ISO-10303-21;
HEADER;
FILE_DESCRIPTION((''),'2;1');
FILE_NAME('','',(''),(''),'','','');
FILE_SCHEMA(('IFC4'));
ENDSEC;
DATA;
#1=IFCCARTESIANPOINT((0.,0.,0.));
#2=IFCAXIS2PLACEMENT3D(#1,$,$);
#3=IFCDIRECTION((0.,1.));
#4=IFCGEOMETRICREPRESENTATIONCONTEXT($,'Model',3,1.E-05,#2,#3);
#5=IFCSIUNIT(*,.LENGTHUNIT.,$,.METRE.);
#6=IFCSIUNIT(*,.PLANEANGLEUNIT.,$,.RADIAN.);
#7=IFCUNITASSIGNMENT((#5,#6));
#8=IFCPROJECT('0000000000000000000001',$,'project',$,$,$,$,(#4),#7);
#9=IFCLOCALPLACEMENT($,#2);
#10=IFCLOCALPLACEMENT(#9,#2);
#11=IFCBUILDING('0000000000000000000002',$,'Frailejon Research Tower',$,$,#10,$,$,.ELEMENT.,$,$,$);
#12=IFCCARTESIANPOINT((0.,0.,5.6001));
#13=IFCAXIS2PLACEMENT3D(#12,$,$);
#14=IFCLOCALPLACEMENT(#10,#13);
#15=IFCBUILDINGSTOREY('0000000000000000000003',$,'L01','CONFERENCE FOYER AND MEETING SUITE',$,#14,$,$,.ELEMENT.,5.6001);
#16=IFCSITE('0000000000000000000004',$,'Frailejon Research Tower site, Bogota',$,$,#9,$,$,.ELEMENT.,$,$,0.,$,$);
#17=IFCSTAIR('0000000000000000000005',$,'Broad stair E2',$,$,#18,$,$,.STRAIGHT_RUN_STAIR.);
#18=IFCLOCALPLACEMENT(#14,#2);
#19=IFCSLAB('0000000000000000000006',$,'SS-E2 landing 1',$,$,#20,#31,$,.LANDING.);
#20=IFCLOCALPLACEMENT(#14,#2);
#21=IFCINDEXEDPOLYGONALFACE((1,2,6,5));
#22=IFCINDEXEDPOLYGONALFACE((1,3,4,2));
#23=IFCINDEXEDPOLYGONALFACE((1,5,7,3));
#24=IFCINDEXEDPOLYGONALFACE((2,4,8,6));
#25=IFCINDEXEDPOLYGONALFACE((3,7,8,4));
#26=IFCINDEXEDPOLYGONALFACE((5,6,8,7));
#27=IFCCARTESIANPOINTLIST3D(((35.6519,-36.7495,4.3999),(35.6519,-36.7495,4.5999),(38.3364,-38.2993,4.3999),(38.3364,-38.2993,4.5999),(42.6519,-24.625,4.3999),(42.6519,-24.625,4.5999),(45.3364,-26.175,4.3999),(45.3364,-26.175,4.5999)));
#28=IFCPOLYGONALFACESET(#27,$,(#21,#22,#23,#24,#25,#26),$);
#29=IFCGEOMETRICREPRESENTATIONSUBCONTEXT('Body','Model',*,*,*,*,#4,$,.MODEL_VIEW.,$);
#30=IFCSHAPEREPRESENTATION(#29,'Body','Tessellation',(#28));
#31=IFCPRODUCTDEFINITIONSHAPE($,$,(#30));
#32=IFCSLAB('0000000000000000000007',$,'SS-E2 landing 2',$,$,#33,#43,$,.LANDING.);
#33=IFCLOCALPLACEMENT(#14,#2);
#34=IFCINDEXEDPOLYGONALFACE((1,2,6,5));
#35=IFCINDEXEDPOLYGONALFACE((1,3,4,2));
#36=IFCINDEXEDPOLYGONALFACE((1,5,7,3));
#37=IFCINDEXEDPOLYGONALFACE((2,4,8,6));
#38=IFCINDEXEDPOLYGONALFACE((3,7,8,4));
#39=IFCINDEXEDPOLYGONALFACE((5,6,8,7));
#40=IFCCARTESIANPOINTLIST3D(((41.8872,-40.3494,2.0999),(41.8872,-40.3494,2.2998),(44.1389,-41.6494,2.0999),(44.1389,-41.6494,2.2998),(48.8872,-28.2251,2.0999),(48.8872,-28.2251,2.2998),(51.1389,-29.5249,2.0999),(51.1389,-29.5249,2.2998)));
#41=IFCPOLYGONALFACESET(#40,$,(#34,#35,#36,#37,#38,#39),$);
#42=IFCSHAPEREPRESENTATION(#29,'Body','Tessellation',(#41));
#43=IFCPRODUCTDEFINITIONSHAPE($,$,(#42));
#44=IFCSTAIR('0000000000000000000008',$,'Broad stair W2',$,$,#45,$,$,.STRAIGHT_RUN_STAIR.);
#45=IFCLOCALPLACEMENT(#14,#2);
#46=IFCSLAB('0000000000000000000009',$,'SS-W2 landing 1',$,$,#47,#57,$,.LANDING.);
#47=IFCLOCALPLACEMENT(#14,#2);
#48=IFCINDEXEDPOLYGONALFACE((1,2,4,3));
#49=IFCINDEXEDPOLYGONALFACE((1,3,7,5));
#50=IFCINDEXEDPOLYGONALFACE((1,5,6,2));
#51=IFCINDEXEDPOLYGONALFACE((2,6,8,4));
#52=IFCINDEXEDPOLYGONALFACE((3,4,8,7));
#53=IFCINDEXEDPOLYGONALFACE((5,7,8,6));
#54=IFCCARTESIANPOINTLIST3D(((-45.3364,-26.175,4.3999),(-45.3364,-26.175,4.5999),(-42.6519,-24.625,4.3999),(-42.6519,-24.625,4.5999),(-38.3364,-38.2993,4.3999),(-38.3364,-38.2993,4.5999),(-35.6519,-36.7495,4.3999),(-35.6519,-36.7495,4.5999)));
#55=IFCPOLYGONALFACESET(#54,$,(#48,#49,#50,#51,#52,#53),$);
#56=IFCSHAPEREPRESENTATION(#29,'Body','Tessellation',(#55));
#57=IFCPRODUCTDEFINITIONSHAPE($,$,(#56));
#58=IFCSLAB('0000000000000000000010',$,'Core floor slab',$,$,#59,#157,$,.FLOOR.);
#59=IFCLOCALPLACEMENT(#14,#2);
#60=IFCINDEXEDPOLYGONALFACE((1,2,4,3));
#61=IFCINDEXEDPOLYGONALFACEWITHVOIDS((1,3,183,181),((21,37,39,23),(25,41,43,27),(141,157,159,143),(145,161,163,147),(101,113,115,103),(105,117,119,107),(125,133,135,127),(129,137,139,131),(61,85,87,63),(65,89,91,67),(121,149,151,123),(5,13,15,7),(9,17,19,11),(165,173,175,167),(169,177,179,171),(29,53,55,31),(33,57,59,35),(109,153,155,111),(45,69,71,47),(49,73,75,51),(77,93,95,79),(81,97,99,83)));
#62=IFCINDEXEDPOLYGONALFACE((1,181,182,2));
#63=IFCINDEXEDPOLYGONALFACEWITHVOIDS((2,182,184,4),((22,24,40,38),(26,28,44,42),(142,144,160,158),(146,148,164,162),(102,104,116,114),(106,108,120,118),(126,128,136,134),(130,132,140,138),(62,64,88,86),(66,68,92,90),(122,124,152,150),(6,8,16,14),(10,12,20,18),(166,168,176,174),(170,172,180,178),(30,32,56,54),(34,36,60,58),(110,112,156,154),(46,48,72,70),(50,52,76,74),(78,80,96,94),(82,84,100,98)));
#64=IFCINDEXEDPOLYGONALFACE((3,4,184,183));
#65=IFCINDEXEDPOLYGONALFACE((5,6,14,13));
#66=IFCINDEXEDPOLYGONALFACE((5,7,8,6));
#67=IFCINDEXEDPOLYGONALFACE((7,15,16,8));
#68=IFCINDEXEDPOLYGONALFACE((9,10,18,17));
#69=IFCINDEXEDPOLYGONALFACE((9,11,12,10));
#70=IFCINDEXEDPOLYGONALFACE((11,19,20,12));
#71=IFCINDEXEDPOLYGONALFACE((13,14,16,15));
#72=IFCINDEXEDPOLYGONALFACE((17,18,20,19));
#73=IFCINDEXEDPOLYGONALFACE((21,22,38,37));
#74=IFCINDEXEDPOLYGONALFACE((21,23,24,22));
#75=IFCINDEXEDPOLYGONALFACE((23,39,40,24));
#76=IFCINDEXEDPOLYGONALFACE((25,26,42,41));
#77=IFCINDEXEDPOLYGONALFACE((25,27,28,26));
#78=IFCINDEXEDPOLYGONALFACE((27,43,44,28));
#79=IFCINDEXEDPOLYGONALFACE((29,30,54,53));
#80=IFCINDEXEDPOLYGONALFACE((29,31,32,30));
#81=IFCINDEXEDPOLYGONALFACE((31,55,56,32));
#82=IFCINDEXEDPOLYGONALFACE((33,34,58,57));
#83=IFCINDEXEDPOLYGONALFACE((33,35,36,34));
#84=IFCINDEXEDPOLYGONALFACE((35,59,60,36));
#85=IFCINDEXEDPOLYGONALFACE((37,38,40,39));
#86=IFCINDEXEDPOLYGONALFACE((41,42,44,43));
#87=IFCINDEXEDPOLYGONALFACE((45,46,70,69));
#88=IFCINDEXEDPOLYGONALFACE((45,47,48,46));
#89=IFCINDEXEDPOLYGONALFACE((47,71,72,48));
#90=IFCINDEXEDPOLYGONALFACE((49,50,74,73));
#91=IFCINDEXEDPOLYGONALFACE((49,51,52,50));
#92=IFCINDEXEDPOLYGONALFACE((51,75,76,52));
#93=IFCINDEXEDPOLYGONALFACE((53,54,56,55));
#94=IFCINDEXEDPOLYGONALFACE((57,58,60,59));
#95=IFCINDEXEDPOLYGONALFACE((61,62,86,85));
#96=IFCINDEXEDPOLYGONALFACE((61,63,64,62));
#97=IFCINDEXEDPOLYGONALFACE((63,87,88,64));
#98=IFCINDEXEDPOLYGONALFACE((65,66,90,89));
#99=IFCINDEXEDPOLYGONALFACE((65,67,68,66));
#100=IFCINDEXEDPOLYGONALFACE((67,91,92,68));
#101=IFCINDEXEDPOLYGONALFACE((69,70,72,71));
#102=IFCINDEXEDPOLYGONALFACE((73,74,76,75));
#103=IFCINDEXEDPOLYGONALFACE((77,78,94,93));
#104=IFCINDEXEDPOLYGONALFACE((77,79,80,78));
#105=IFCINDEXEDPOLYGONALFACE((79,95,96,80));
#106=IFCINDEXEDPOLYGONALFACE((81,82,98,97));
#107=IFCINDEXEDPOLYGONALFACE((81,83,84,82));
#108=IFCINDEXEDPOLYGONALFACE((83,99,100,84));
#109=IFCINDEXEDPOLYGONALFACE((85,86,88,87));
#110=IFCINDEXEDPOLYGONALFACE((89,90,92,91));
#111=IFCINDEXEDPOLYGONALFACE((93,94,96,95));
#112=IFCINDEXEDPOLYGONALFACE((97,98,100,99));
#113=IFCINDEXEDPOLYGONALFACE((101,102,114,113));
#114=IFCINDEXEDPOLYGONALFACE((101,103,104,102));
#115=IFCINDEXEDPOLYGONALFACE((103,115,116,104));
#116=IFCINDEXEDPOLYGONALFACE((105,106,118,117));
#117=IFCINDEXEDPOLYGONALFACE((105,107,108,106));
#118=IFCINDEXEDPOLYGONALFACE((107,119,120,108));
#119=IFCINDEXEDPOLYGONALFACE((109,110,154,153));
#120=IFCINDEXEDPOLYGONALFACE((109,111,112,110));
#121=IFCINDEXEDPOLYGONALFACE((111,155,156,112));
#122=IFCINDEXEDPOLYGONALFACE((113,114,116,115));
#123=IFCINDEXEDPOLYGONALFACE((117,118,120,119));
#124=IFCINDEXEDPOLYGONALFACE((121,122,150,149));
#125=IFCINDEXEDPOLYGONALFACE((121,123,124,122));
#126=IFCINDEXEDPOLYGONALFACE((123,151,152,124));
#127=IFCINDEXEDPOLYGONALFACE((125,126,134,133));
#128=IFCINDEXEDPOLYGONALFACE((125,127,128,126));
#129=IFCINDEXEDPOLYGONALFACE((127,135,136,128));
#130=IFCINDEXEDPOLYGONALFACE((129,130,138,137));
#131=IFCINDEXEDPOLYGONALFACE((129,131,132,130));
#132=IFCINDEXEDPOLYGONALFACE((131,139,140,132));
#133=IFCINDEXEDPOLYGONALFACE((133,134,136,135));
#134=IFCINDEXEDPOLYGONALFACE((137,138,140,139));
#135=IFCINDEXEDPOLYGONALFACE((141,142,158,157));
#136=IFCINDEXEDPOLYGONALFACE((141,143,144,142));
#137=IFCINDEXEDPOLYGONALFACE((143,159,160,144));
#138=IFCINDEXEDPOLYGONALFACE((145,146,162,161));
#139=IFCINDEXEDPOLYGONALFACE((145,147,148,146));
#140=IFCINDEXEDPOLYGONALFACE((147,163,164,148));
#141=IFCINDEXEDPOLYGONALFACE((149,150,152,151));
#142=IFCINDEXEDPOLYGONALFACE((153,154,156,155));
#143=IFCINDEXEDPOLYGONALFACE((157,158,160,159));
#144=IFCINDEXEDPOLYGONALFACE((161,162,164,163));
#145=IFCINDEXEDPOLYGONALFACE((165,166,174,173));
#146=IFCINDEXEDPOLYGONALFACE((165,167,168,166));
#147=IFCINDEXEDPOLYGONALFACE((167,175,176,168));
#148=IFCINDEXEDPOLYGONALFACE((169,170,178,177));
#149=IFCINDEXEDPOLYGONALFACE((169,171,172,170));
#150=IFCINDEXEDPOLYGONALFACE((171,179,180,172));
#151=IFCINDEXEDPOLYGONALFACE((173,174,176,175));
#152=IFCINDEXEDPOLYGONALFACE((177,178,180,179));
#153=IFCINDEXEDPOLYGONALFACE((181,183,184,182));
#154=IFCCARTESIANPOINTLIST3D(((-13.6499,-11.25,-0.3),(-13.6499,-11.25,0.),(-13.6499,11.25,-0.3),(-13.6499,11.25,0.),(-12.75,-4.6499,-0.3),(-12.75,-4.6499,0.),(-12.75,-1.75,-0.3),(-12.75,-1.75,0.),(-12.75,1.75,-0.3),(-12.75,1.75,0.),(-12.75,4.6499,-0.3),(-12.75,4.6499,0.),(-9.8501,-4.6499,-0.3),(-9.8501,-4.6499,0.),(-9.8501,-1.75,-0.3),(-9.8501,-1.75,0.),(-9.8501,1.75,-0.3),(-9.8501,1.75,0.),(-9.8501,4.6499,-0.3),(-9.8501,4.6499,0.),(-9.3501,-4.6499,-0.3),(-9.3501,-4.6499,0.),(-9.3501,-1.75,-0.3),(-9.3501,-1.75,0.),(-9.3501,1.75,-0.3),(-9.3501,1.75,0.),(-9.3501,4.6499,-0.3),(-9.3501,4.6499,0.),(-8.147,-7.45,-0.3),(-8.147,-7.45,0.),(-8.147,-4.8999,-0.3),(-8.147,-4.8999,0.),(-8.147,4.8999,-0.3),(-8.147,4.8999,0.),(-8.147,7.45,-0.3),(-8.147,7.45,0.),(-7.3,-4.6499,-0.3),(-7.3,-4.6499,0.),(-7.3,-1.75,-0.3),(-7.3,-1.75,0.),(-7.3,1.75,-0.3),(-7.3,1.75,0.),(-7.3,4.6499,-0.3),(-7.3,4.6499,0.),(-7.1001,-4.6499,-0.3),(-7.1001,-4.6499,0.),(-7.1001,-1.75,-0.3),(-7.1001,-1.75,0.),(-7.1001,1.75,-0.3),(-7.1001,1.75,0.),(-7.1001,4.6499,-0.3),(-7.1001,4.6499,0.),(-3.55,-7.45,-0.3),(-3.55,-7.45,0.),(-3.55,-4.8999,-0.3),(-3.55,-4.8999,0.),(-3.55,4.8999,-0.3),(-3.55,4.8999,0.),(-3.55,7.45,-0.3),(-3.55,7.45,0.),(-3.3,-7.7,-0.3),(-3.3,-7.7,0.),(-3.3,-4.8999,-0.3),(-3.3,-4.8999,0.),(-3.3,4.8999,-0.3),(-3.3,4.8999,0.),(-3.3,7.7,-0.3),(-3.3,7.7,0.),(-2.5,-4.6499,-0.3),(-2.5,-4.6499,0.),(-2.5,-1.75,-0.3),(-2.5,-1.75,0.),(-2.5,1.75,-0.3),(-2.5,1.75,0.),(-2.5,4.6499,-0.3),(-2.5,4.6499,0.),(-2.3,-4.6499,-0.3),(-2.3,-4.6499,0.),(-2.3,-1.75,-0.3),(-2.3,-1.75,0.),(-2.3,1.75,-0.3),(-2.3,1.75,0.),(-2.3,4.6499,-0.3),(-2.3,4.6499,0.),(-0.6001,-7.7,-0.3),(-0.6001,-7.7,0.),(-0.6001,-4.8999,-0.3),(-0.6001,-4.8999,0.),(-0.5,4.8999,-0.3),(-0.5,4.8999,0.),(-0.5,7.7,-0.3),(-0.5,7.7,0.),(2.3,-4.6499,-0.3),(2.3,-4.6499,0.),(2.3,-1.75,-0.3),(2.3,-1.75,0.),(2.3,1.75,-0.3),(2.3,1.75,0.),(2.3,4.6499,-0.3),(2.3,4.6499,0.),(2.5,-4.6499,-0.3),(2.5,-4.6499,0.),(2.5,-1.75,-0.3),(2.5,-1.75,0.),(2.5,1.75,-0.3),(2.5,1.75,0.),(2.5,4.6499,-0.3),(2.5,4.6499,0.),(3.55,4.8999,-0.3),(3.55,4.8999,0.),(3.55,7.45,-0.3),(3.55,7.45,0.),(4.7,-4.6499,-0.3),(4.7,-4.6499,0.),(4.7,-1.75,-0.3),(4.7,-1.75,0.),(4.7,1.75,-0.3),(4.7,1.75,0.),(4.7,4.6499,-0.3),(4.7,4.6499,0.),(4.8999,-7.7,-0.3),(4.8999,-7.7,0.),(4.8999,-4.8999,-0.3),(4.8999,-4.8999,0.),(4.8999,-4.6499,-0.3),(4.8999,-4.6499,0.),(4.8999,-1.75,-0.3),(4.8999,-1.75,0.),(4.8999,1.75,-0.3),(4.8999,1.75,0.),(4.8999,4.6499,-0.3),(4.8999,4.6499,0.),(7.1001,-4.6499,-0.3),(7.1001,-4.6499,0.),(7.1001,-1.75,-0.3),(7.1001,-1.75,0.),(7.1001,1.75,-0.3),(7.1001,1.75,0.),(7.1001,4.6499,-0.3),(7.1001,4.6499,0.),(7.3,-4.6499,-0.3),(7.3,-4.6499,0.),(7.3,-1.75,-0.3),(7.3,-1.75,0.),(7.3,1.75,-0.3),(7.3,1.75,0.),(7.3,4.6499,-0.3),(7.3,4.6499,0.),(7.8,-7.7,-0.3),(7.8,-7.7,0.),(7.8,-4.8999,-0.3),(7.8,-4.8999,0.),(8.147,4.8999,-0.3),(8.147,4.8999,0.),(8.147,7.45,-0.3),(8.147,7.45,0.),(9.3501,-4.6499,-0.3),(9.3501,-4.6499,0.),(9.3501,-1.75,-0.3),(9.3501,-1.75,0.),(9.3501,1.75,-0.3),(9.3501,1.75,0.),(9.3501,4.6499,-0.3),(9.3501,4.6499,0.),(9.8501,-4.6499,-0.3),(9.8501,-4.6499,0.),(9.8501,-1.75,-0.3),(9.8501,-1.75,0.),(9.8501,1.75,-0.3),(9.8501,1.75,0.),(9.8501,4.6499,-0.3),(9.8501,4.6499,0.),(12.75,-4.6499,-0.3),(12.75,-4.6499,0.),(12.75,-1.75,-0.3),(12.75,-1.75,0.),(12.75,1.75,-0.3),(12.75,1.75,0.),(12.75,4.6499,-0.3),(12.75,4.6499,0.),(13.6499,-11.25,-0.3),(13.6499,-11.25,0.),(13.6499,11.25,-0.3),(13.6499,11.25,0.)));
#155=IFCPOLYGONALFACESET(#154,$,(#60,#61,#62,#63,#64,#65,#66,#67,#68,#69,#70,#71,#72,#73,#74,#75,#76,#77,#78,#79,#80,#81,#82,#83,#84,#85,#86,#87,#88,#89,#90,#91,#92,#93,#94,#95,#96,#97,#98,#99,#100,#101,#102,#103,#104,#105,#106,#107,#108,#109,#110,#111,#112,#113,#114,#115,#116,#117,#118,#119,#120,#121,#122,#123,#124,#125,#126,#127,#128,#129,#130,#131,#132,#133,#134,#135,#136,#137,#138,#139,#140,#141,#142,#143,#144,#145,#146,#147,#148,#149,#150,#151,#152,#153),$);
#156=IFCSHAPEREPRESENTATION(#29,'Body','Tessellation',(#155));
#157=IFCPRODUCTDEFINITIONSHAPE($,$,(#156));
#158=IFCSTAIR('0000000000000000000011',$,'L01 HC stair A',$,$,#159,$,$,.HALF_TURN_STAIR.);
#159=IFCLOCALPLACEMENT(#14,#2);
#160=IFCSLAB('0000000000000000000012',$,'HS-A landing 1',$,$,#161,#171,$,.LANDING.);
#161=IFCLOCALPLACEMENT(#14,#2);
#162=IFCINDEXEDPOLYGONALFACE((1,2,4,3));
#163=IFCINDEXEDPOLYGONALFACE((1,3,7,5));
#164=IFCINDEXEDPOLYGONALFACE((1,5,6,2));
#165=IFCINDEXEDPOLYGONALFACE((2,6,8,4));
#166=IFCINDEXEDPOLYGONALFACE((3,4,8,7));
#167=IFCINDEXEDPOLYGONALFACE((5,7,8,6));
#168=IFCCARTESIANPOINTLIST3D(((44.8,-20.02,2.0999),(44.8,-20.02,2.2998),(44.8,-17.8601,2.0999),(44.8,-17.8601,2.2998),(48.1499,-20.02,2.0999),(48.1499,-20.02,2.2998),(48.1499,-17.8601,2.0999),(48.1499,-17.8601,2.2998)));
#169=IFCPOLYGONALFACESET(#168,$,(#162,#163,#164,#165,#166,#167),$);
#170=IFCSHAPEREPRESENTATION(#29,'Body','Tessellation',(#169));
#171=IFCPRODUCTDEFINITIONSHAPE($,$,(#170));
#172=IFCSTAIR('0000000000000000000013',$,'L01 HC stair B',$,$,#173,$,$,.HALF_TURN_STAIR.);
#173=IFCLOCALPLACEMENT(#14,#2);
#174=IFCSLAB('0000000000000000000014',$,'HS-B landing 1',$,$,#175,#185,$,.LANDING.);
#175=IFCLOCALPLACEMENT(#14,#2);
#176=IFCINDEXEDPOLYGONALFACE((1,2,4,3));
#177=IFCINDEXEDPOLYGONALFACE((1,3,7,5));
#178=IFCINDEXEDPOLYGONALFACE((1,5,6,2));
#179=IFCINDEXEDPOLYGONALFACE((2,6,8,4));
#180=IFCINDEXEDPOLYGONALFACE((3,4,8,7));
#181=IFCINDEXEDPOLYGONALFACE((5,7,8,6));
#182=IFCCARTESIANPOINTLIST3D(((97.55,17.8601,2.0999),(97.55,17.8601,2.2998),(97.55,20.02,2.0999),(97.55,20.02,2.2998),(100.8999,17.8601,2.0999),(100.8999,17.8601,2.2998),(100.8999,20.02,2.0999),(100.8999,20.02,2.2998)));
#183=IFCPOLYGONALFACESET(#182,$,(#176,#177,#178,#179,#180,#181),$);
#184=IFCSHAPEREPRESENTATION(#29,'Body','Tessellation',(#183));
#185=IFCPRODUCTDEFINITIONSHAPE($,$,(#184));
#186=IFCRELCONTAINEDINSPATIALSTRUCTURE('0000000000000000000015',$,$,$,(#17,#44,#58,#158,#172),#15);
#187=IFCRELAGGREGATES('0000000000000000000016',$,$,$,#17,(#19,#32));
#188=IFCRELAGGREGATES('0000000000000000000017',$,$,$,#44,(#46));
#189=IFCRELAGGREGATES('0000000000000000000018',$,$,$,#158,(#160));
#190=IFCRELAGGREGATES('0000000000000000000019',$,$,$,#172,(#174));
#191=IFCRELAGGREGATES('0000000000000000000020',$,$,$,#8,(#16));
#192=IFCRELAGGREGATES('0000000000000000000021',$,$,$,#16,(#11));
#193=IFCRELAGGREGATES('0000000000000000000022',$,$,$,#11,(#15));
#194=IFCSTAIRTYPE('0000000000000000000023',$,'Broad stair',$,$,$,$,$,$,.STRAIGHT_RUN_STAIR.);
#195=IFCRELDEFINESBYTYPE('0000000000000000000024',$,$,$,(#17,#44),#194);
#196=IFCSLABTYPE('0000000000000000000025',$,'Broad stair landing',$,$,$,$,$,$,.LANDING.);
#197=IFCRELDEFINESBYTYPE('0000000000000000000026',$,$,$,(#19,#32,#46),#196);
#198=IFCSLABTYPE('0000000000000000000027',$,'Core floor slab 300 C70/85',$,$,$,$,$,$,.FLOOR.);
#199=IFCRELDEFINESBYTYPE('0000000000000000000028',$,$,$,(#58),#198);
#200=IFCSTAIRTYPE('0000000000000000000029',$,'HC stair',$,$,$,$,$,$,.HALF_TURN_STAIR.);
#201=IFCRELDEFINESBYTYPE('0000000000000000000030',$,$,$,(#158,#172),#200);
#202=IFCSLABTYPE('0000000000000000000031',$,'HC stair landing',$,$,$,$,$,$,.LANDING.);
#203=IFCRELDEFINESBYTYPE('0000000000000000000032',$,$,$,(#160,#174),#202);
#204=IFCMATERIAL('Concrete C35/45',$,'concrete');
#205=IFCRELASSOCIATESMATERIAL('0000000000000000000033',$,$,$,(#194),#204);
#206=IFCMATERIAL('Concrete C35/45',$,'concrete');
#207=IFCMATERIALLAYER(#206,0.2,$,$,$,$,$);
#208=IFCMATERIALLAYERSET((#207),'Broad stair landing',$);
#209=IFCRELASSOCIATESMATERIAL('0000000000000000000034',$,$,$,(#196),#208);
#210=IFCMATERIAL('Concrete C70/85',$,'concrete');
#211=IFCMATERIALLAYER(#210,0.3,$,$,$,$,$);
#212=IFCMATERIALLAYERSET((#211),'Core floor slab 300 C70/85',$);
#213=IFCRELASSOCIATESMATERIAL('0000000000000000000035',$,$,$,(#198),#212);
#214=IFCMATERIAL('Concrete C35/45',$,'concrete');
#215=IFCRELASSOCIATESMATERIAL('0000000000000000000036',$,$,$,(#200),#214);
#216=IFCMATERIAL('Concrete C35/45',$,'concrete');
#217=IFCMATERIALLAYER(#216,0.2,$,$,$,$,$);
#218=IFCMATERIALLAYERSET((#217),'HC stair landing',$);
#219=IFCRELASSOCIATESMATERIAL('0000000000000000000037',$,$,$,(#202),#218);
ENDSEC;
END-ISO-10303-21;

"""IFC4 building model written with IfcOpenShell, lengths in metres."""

from ifc_helpers import new_model, si_unit, direction, frame, origin, place, context, subcontext, project, spatial, polyline, outline, extrude, material, layer, layer_set, type_object, element, aggregate, save


model = new_model("IFC4")

# Units and contexts
model_context = context("Model", 3, precision=1e-05, world=origin(), true_north=direction((0.0, 1.0)))
body_context = subcontext(model_context, "Body", "Model", "MODEL_VIEW")
ifc_project = project(units=[si_unit("LENGTHUNIT", "METRE"), si_unit("PLANEANGLEUNIT", "RADIAN")], contexts=[model_context])

# Site, building, storey
site_placement = place(None, origin())
site = spatial("IfcSite", under=ifc_project, at=site_placement, Name="Frailejon Research Tower site, Bogota", CompositionType="ELEMENT", RefElevation=0.0)
building_placement = place(site_placement, origin())
building = spatial("IfcBuilding", under=site, at=building_placement, Name="Frailejon Research Tower", CompositionType="ELEMENT")
storey_placement = place(building_placement, frame((0.0, 0.0, 5.6001)))
storey = spatial("IfcBuildingStorey", under=building, at=storey_placement, Name="L01", Description="CONFERENCE FOYER AND MEETING SUITE", CompositionType="ELEMENT", Elevation=5.6001)

# Stair, slabs
ifc_material_1 = material(Name="Concrete C35/45", Category="concrete")
stair_type_1 = type_object("IfcStairType", Name="Broad stair", PredefinedType="STRAIGHT_RUN_STAIR", material=ifc_material_1)
stair_1_placement = place(storey_placement, origin())
stair_1 = element("IfcStair", 1, at=stair_1_placement, inside=storey, type_object=stair_type_1, Name="Broad stair E2", PredefinedType="STRAIGHT_RUN_STAIR")
ifc_material_2 = material(Name="Concrete C35/45", Category="concrete")
ifc_layer_1 = layer(ifc_material_2, 0.2)
ifc_layer_set_1 = layer_set([ifc_layer_1], Name="Broad stair landing")
slab_type_1 = type_object("IfcSlabType", Name="Broad stair landing", PredefinedType="LANDING", material=ifc_layer_set_1)
slab_1_placement = place(storey_placement, frame((0.0, 0.0, 4.3999)))
slab_1 = element("IfcSlab", 2, at=slab_1_placement, type_object=slab_type_1, Name="SS-E2 landing 1", PredefinedType="LANDING", context=body_context, shape_type="SweptSolid", body=[
    extrude(outline(polyline([(35.6519, -36.7495), (38.3364, -38.2993), (45.3364, -26.175), (42.6519, -24.625), (35.6519, -36.7495)])), origin(), (0.0, 0.0, 1.0), 0.2),
])
slab_2_placement = place(storey_placement, frame((0.0, 0.0, 2.0999)))
slab_2 = element("IfcSlab", 3, at=slab_2_placement, type_object=slab_type_1, Name="SS-E2 landing 2", PredefinedType="LANDING", context=body_context, shape_type="SweptSolid", body=[
    extrude(outline(polyline([(41.8872, -40.3494), (44.1389, -41.6494), (51.1389, -29.5249), (48.8872, -28.2251), (41.8872, -40.3494)])), origin(), (0.0, 0.0, 1.0), 0.2),
])
aggregate(stair_1, [slab_1, slab_2])

# Stair, slab
stair_2_placement = place(storey_placement, origin())
stair_2 = element("IfcStair", 4, at=stair_2_placement, inside=storey, type_object=stair_type_1, Name="Broad stair W2", PredefinedType="STRAIGHT_RUN_STAIR")
slab_3_placement = place(storey_placement, frame((0.0, 0.0, 4.3999)))
slab_3 = element("IfcSlab", 5, at=slab_3_placement, type_object=slab_type_1, Name="SS-W2 landing 1", PredefinedType="LANDING", context=body_context, shape_type="SweptSolid", body=[
    extrude(outline(polyline([(-42.6519, -24.625), (-45.3364, -26.175), (-38.3364, -38.2993), (-35.6519, -36.7495), (-42.6519, -24.625)])), origin(), (0.0, 0.0, 1.0), 0.2),
])
aggregate(stair_2, [slab_3])

# Slab
ifc_material_3 = material(Name="Concrete C70/85", Category="concrete")
ifc_layer_2 = layer(ifc_material_3, 0.3)
ifc_layer_set_2 = layer_set([ifc_layer_2], Name="Core floor slab 300 C70/85")
slab_type_2 = type_object("IfcSlabType", Name="Core floor slab 300 C70/85", PredefinedType="FLOOR", material=ifc_layer_set_2)
slab_4_placement = place(storey_placement, frame((0.0, 0.0, -0.3)))
element("IfcSlab", 6, at=slab_4_placement, inside=storey, type_object=slab_type_2, Name="Core floor slab", PredefinedType="FLOOR", context=body_context, shape_type="SweptSolid", body=[
    extrude(outline(polyline([(13.6499, -11.25), (13.6499, 11.25), (-13.6499, 11.25), (-13.6499, -11.25), (13.6499, -11.25)]), holes=[polyline([(-9.8501, 1.75), (-9.8501, 4.6499), (-12.75, 4.6499), (-12.75, 1.75), (-9.8501, 1.75)]), polyline([(-7.3, 1.75), (-7.3, 4.6499), (-9.3501, 4.6499), (-9.3501, 1.75), (-7.3, 1.75)]), polyline([(-2.5, 1.75), (-2.5, 4.6499), (-7.1001, 4.6499), (-7.1001, 1.75), (-2.5, 1.75)]), polyline([(2.3, 1.75), (2.3, 4.6499), (-2.3, 4.6499), (-2.3, 1.75), (2.3, 1.75)]), polyline([(4.7, 1.75), (4.7, 4.6499), (2.5, 4.6499), (2.5, 1.75), (4.7, 1.75)]), polyline([(7.1001, 1.75), (7.1001, 4.6499), (4.8999, 4.6499), (4.8999, 1.75), (7.1001, 1.75)]), polyline([(9.3501, 1.75), (9.3501, 4.6499), (7.3, 4.6499), (7.3, 1.75), (9.3501, 1.75)]), polyline([(12.75, 1.75), (12.75, 4.6499), (9.8501, 4.6499), (9.8501, 1.75), (12.75, 1.75)]), polyline([(-9.8501, -4.6499), (-9.8501, -1.75), (-12.75, -1.75), (-12.75, -4.6499), (-9.8501, -4.6499)]), polyline([(-7.3, -4.6499), (-7.3, -1.75), (-9.3501, -1.75), (-9.3501, -4.6499), (-7.3, -4.6499)]), polyline([(-2.5, -4.6499), (-2.5, -1.75), (-7.1001, -1.75), (-7.1001, -4.6499), (-2.5, -4.6499)]), polyline([(2.3, -4.6499), (2.3, -1.75), (-2.3, -1.75), (-2.3, -4.6499), (2.3, -4.6499)]), polyline([(4.7, -4.6499), (4.7, -1.75), (2.5, -1.75), (2.5, -4.6499), (4.7, -4.6499)]), polyline([(7.1001, -4.6499), (7.1001, -1.75), (4.8999, -1.75), (4.8999, -4.6499), (7.1001, -4.6499)]), polyline([(9.3501, -4.6499), (9.3501, -1.75), (7.3, -1.75), (7.3, -4.6499), (9.3501, -4.6499)]), polyline([(12.75, -4.6499), (12.75, -1.75), (9.8501, -1.75), (9.8501, -4.6499), (12.75, -4.6499)]), polyline([(-8.147, 4.8999), (-3.55, 4.8999), (-3.55, 7.45), (-8.147, 7.45), (-8.147, 4.8999)]), polyline([(-8.147, -7.45), (-3.55, -7.45), (-3.55, -4.8999), (-8.147, -4.8999), (-8.147, -7.45)]), polyline([(8.147, 7.45), (3.55, 7.45), (3.55, 4.8999), (8.147, 4.8999), (8.147, 7.45)]), polyline([(-0.6001, -7.7), (-0.6001, -4.8999), (-3.3, -4.8999), (-3.3, -7.7), (-0.6001, -7.7)]), polyline([(7.8, -7.7), (7.8, -4.8999), (4.8999, -4.8999), (4.8999, -7.7), (7.8, -7.7)]), polyline([(-0.5, 4.8999), (-0.5, 7.7), (-3.3, 7.7), (-3.3, 4.8999), (-0.5, 4.8999)])]), origin(), (0.0, 0.0, 1.0), 0.3),
])

# Stairs, slabs
ifc_material_4 = material(Name="Concrete C35/45", Category="concrete")
stair_type_2 = type_object("IfcStairType", Name="HC stair", PredefinedType="HALF_TURN_STAIR", material=ifc_material_4)
stair_3_placement = place(storey_placement, origin())
stair_3 = element("IfcStair", 7, at=stair_3_placement, inside=storey, type_object=stair_type_2, Name="L01 HC stair A", PredefinedType="HALF_TURN_STAIR")
ifc_material_5 = material(Name="Concrete C35/45", Category="concrete")
ifc_layer_3 = layer(ifc_material_5, 0.2)
ifc_layer_set_3 = layer_set([ifc_layer_3], Name="HC stair landing")
slab_type_3 = type_object("IfcSlabType", Name="HC stair landing", PredefinedType="LANDING", material=ifc_layer_set_3)
slab_5_placement = place(storey_placement, frame((0.0, 0.0, 2.0999)))
slab_5 = element("IfcSlab", 8, at=slab_5_placement, type_object=slab_type_3, Name="HS-A landing 1", PredefinedType="LANDING", context=body_context, shape_type="SweptSolid", body=[
    extrude(outline(polyline([(44.8, -17.8601), (44.8, -20.02), (48.1499, -20.02), (48.1499, -17.8601), (44.8, -17.8601)])), origin(), (0.0, 0.0, 1.0), 0.2),
])
aggregate(stair_3, [slab_5])
stair_4_placement = place(storey_placement, origin())
stair_4 = element("IfcStair", 9, at=stair_4_placement, inside=storey, type_object=stair_type_2, Name="L01 HC stair B", PredefinedType="HALF_TURN_STAIR")
slab_6_placement = place(storey_placement, frame((0.0, 0.0, 2.0999)))
slab_6 = element("IfcSlab", 10, at=slab_6_placement, type_object=slab_type_3, Name="HS-B landing 1", PredefinedType="LANDING", context=body_context, shape_type="SweptSolid", body=[
    extrude(outline(polyline([(100.8999, 17.8601), (100.8999, 20.02), (97.55, 20.02), (97.55, 17.8601), (100.8999, 17.8601)])), origin(), (0.0, 0.0, 1.0), 0.2),
])
aggregate(stair_4, [slab_6])

save(model, "model.ifc")
